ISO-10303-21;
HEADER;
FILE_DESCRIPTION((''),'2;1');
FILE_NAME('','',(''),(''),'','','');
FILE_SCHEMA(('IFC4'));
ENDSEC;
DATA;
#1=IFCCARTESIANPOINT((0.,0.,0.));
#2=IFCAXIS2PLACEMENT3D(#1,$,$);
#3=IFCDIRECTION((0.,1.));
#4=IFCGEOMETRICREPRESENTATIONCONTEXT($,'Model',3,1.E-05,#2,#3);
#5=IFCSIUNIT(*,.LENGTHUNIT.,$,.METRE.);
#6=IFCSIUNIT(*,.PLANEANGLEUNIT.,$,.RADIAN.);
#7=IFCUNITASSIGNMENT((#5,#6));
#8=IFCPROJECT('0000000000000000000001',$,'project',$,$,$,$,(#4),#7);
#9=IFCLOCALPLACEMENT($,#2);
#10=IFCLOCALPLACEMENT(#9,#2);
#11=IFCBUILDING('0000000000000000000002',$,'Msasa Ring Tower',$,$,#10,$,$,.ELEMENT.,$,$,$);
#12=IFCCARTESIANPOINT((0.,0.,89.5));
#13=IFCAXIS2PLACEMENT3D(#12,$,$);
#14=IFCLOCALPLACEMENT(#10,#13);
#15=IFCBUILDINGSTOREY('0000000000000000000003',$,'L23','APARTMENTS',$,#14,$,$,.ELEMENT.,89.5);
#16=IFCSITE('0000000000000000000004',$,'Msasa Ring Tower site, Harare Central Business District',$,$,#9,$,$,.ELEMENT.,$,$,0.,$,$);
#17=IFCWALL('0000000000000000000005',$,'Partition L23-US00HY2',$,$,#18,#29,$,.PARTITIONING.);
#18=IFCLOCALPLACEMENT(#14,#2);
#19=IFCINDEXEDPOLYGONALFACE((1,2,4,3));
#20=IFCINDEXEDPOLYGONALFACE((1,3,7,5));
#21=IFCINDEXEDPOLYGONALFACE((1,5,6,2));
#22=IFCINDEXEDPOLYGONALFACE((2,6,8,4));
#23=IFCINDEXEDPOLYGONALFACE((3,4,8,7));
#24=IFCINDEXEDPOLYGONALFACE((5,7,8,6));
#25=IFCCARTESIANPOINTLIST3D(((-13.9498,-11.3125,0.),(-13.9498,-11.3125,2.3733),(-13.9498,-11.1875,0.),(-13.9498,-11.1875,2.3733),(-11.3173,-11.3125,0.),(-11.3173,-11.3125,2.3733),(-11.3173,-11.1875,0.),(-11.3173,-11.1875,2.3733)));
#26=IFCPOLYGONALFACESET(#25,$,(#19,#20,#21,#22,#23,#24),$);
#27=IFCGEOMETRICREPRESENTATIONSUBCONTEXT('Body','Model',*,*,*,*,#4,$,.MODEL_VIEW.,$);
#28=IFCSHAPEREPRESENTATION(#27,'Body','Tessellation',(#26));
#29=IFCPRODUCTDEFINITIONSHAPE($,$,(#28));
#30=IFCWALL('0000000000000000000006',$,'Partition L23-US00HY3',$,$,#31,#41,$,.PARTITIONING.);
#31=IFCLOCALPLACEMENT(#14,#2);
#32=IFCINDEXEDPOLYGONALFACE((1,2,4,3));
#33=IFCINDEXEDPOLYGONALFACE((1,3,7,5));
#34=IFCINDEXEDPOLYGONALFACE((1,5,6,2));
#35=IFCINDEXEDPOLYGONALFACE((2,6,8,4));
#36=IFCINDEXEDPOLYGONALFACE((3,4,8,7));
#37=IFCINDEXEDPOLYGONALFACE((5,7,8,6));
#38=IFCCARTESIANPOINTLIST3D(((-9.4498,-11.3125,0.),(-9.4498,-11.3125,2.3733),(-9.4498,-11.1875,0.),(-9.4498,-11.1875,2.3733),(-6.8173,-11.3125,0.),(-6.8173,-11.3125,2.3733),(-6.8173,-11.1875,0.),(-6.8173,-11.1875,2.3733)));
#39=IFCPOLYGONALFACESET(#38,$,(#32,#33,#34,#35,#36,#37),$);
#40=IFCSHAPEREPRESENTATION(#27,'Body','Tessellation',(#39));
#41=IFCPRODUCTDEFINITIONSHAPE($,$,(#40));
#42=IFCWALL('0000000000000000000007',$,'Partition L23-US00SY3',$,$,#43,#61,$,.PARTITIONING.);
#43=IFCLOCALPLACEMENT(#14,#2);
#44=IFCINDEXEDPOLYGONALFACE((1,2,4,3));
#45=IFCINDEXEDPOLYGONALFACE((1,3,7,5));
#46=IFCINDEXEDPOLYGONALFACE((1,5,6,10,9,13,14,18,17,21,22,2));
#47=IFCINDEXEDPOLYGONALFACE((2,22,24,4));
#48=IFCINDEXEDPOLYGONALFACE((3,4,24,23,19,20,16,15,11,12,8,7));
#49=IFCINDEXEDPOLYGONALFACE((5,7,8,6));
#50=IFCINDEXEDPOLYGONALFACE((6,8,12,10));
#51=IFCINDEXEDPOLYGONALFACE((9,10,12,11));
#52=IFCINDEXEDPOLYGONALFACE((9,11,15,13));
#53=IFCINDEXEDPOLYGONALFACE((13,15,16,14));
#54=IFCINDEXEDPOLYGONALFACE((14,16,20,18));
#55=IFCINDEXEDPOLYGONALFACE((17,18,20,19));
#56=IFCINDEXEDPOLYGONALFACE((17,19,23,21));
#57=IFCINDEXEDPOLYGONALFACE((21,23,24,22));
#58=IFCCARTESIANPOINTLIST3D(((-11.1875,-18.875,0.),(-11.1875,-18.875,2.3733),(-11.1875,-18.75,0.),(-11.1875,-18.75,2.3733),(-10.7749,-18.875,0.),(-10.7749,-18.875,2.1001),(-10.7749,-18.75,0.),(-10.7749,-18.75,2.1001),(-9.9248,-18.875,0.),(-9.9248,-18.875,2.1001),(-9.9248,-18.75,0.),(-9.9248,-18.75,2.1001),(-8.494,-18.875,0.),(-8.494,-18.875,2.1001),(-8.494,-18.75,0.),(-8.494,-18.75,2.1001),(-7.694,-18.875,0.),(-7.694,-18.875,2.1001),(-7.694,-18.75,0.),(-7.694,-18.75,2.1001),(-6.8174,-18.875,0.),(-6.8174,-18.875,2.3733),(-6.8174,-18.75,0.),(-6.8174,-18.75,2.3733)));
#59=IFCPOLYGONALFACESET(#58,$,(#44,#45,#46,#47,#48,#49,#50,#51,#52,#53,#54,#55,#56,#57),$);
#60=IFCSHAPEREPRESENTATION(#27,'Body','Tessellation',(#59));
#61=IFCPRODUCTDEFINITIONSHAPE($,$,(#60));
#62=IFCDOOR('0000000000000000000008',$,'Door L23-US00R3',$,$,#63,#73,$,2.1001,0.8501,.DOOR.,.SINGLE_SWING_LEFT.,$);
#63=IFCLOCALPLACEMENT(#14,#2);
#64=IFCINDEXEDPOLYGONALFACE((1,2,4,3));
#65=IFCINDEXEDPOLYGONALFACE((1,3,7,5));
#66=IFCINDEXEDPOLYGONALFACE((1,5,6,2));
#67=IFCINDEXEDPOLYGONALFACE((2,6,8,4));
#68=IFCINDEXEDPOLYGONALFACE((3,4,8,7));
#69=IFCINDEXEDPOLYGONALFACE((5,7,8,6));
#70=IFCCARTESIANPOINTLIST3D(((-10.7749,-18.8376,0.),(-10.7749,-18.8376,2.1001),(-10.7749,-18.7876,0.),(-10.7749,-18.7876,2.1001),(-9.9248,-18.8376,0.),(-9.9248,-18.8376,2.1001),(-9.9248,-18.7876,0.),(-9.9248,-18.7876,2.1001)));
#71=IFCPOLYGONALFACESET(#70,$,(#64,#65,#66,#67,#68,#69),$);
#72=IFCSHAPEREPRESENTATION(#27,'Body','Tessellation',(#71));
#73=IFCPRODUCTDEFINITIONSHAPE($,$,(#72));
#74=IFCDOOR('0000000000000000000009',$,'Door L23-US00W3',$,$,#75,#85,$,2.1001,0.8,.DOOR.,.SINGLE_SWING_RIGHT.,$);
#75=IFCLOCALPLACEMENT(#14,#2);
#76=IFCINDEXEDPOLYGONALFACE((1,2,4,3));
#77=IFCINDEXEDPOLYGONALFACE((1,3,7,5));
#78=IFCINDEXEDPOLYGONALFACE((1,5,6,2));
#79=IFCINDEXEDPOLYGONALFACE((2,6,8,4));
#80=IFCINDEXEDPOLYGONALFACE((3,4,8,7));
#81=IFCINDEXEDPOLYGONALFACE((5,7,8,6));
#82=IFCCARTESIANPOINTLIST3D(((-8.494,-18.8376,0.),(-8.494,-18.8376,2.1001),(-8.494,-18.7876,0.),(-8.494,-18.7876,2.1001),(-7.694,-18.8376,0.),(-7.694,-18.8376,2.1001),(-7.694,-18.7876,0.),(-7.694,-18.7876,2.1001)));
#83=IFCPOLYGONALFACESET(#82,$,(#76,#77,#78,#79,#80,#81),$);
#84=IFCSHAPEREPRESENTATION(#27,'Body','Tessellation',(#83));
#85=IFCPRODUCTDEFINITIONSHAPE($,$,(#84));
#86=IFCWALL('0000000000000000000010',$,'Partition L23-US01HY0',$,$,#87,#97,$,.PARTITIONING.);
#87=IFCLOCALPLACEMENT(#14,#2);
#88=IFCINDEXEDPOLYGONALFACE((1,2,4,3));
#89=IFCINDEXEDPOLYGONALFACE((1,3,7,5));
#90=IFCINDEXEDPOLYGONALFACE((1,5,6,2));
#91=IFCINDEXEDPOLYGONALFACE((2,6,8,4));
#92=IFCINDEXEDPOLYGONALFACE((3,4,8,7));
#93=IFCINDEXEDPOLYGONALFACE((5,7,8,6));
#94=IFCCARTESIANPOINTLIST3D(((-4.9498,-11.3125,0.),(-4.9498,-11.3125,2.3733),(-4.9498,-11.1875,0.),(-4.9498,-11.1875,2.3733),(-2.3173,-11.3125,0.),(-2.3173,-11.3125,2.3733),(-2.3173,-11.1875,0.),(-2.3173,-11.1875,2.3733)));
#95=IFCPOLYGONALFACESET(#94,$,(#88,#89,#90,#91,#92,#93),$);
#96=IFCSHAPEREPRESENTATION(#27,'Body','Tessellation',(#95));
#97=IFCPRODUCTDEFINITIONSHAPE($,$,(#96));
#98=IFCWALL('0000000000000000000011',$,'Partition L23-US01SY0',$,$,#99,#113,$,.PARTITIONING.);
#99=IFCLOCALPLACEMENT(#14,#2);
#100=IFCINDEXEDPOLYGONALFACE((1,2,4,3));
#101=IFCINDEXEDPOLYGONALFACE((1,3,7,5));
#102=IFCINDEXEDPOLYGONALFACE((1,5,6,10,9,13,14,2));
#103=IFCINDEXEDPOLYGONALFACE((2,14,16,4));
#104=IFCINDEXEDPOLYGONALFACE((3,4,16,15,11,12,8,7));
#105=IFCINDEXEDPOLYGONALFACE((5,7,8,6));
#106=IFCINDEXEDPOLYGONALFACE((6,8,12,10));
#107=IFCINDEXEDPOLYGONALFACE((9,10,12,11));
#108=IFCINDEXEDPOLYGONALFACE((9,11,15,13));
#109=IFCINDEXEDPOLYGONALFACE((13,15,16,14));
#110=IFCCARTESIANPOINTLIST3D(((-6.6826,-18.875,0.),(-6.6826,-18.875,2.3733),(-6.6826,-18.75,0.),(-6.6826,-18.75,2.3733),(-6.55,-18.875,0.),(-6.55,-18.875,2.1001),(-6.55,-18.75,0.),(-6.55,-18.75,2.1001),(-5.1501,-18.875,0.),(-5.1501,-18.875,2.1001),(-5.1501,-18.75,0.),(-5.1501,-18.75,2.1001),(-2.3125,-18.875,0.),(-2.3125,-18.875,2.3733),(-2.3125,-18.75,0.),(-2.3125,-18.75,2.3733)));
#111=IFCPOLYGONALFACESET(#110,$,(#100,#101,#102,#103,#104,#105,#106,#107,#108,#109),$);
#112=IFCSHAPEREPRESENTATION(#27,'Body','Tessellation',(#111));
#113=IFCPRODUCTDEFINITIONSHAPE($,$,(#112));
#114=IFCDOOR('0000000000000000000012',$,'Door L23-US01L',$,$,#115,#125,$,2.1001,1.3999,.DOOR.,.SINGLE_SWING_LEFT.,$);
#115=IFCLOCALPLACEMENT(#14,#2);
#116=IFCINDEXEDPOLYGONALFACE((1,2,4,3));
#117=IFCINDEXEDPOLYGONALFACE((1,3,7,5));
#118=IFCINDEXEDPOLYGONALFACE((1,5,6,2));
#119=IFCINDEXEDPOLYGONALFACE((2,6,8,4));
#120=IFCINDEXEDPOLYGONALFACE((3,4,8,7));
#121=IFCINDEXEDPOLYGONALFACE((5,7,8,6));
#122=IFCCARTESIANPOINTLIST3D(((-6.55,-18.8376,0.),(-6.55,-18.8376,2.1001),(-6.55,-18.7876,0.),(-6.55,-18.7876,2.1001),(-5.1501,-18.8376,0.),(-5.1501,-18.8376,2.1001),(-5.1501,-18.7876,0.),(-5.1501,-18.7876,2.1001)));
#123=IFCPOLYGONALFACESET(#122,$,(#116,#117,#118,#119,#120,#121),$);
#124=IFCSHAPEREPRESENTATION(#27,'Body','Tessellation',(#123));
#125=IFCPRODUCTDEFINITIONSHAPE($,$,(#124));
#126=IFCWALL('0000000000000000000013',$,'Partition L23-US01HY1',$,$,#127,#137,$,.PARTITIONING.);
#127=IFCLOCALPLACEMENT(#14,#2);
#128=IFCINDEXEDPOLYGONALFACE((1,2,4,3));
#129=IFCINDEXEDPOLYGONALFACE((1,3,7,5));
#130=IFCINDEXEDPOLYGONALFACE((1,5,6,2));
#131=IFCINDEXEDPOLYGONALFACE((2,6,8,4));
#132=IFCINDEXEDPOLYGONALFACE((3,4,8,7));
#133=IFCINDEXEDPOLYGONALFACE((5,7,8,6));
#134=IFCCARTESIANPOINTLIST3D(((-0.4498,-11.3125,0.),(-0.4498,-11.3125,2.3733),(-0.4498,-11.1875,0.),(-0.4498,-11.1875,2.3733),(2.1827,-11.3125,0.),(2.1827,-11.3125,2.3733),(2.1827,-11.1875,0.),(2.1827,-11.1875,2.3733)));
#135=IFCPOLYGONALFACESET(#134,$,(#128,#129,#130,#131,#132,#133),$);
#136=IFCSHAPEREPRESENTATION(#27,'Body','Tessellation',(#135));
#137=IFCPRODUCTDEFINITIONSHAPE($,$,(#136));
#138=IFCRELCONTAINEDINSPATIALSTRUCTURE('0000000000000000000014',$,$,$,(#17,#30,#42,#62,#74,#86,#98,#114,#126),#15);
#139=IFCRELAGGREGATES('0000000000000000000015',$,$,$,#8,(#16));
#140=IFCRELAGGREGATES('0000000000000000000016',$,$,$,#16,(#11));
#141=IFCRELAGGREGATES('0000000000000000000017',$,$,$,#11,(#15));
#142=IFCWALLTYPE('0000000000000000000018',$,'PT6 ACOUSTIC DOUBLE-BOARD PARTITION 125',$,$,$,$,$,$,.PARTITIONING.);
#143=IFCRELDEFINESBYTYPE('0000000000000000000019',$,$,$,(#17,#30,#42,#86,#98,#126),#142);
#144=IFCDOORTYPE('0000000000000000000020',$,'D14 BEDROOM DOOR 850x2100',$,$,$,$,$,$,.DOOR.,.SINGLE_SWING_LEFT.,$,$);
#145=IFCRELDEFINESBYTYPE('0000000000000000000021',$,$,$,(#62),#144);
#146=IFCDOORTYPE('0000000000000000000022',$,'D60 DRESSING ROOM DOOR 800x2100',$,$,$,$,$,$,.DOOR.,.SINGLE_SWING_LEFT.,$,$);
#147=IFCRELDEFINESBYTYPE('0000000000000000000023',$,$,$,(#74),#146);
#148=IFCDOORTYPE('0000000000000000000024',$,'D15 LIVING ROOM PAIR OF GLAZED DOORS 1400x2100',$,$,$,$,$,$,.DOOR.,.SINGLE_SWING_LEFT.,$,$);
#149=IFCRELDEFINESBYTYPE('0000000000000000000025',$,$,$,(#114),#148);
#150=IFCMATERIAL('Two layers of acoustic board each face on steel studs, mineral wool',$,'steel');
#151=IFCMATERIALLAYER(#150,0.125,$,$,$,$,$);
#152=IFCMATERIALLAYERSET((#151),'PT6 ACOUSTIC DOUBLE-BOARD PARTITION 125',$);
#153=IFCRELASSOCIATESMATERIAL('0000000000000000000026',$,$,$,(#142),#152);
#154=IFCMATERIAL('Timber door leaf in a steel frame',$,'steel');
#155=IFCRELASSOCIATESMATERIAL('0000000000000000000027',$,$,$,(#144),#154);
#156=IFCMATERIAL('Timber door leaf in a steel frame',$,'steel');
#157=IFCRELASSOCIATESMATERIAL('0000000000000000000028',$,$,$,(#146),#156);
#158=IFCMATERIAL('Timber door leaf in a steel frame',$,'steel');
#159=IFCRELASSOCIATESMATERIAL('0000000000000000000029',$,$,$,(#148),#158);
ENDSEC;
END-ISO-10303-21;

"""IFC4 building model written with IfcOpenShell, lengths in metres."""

from ifc_helpers import new_model, si_unit, direction, frame, frame_2d, origin, place, context, subcontext, project, spatial, rectangle, extrude, material, layer, layer_set, type_object, element, fill, save


model = new_model("IFC4")

# Units and contexts
model_context = context("Model", 3, precision=1e-05, world=origin(), true_north=direction((0.0, 1.0)))
body_context = subcontext(model_context, "Body", "Model", "MODEL_VIEW")
ifc_project = project(units=[si_unit("LENGTHUNIT", "METRE"), si_unit("PLANEANGLEUNIT", "RADIAN")], contexts=[model_context])

# Site, building, storey
site_placement = place(None, origin())
site = spatial("IfcSite", under=ifc_project, at=site_placement, Name="Msasa Ring Tower site, Harare Central Business District", CompositionType="ELEMENT", RefElevation=0.0)
building_placement = place(site_placement, origin())
building = spatial("IfcBuilding", under=site, at=building_placement, Name="Msasa Ring Tower", CompositionType="ELEMENT")
storey_placement = place(building_placement, frame((0.0, 0.0, 89.5)))
storey = spatial("IfcBuildingStorey", under=building, at=storey_placement, Name="L23", Description="APARTMENTS", CompositionType="ELEMENT", Elevation=89.5)

# Walls
ifc_material_1 = material(Name="Two layers of acoustic board each face on steel studs, mineral wool", Category="steel")
ifc_layer_1 = layer(ifc_material_1, 0.125)
ifc_layer_set_1 = layer_set([ifc_layer_1], Name="PT6 ACOUSTIC DOUBLE-BOARD PARTITION 125")
wall_type_1 = type_object("IfcWallType", Name="PT6 ACOUSTIC DOUBLE-BOARD PARTITION 125", PredefinedType="PARTITIONING", material=ifc_layer_set_1)
for number, where, z_axis, x_axis, name in (
    (1, (-13.95, -11.25, 0.0), (0.0, 0.0, 1.0), (1.0, 0.0, 0.0), "Partition L23-US00HY2"),
    (2, (-9.45, -11.25, 0.0), (0.0, 0.0, 1.0), (1.0, 0.0, 0.0), "Partition L23-US00HY3"),
):
    element("IfcWall", number, at=place(storey_placement, frame(where, z_axis=z_axis, x_axis=x_axis)), inside=storey, type_object=wall_type_1, Name=name, PredefinedType="PARTITIONING", context=body_context, shape_type="SweptSolid", body=[
        extrude(rectangle(XDim=2.6326, YDim=0.125, at=frame_2d((1.3164, 0.0))), origin(), (0.0, 0.0, 1.0), 2.3733),
    ])

# Wall, openings, doors
wall_1_placement = place(storey_placement, frame((-11.1875, -18.8125, 0.0), z_axis=(0.0, 0.0, 1.0), x_axis=(1.0, 0.0, 0.0)))
wall_1 = element("IfcWall", 3, at=wall_1_placement, inside=storey, type_object=wall_type_1, Name="Partition L23-US00SY3", PredefinedType="PARTITIONING", context=body_context, shape_type="SweptSolid", body=[
    extrude(rectangle(XDim=4.3701, YDim=0.125, at=frame_2d((2.1851, 0.0))), origin(), (0.0, 0.0, 1.0), 2.3733),
])
opening_1_placement = place(wall_1_placement, frame((0.4126, 0.0, 0.0)))
opening_1 = element("IfcOpeningElement", 4, at=opening_1_placement, cuts=wall_1, PredefinedType="OPENING", context=body_context, shape_type="SweptSolid", body=[
    extrude(rectangle(XDim=0.8501, YDim=2.1001, at=frame_2d((0.425, 1.05))), frame((0.0, 0.0725, 0.0), z_axis=(0.0, -1.0, 0.0), x_axis=(1.0, 0.0, 0.0)), (0.0, 0.0, 1.0), 0.145),
])
opening_2_placement = place(wall_1_placement, frame((2.6936, 0.0, 0.0)))
opening_2 = element("IfcOpeningElement", 5, at=opening_2_placement, cuts=wall_1, PredefinedType="OPENING", context=body_context, shape_type="SweptSolid", body=[
    extrude(rectangle(XDim=0.8, YDim=2.1001, at=frame_2d((0.3999, 1.05))), frame((0.0, 0.0725, 0.0), z_axis=(0.0, -1.0, 0.0), x_axis=(1.0, 0.0, 0.0)), (0.0, 0.0, 1.0), 0.145),
])
ifc_material_2 = material(Name="Timber door leaf in a steel frame", Category="steel")
door_type_1 = type_object("IfcDoorType", Name="D14 BEDROOM DOOR 850x2100", OperationType="SINGLE_SWING_LEFT", PredefinedType="DOOR", material=ifc_material_2)
door_1_placement = place(opening_1_placement, origin())
door_1 = element("IfcDoor", 6, at=door_1_placement, inside=storey, type_object=door_type_1, Name="Door L23-US00R3", OperationType="SINGLE_SWING_LEFT", OverallHeight=2.1001, OverallWidth=0.8501, PredefinedType="DOOR", context=body_context, shape_type="SweptSolid", body=[
    extrude(rectangle(XDim=0.8501, YDim=2.1001, at=frame_2d((0.425, 1.05))), frame((0.0, 0.0249, 0.0), z_axis=(0.0, -1.0, 0.0), x_axis=(1.0, 0.0, 0.0)), (0.0, 0.0, 1.0), 0.05),
])
fill(opening_1, door_1)
ifc_material_3 = material(Name="Timber door leaf in a steel frame", Category="steel")
door_type_2 = type_object("IfcDoorType", Name="D60 DRESSING ROOM DOOR 800x2100", OperationType="SINGLE_SWING_LEFT", PredefinedType="DOOR", material=ifc_material_3)
door_2_placement = place(opening_2_placement, origin())
door_2 = element("IfcDoor", 7, at=door_2_placement, inside=storey, type_object=door_type_2, Name="Door L23-US00W3", OperationType="SINGLE_SWING_RIGHT", OverallHeight=2.1001, OverallWidth=0.8, PredefinedType="DOOR", context=body_context, shape_type="SweptSolid", body=[
    extrude(rectangle(XDim=0.8, YDim=2.1001, at=frame_2d((0.3999, 1.05))), frame((0.0, 0.0249, 0.0), z_axis=(0.0, -1.0, 0.0), x_axis=(1.0, 0.0, 0.0)), (0.0, 0.0, 1.0), 0.05),
])
fill(opening_2, door_2)

# Wall
wall_2_placement = place(storey_placement, frame((-4.95, -11.25, 0.0), z_axis=(0.0, 0.0, 1.0), x_axis=(1.0, 0.0, 0.0)))
element("IfcWall", 8, at=wall_2_placement, inside=storey, type_object=wall_type_1, Name="Partition L23-US01HY0", PredefinedType="PARTITIONING", context=body_context, shape_type="SweptSolid", body=[
    extrude(rectangle(XDim=2.6326, YDim=0.125, at=frame_2d((1.3164, 0.0))), origin(), (0.0, 0.0, 1.0), 2.3733),
])

# Wall, opening, door
wall_3_placement = place(storey_placement, frame((-6.6826, -18.8125, 0.0), z_axis=(0.0, 0.0, 1.0), x_axis=(1.0, 0.0, 0.0)))
wall_3 = element("IfcWall", 9, at=wall_3_placement, inside=storey, type_object=wall_type_1, Name="Partition L23-US01SY0", PredefinedType="PARTITIONING", context=body_context, shape_type="SweptSolid", body=[
    extrude(rectangle(XDim=4.3701, YDim=0.125, at=frame_2d((2.1851, 0.0))), origin(), (0.0, 0.0, 1.0), 2.3733),
])
opening_3_placement = place(wall_3_placement, frame((0.1326, 0.0, 0.0)))
opening_3 = element("IfcOpeningElement", 10, at=opening_3_placement, cuts=wall_3, PredefinedType="OPENING", context=body_context, shape_type="SweptSolid", body=[
    extrude(rectangle(XDim=1.3999, YDim=2.1001, at=frame_2d((0.7, 1.05))), frame((0.0, 0.0725, 0.0), z_axis=(0.0, -1.0, 0.0), x_axis=(1.0, 0.0, 0.0)), (0.0, 0.0, 1.0), 0.145),
])
ifc_material_4 = material(Name="Timber door leaf in a steel frame", Category="steel")
door_type_3 = type_object("IfcDoorType", Name="D15 LIVING ROOM PAIR OF GLAZED DOORS 1400x2100", OperationType="SINGLE_SWING_LEFT", PredefinedType="DOOR", material=ifc_material_4)
door_3_placement = place(opening_3_placement, origin())
door_3 = element("IfcDoor", 11, at=door_3_placement, inside=storey, type_object=door_type_3, Name="Door L23-US01L", OperationType="SINGLE_SWING_LEFT", OverallHeight=2.1001, OverallWidth=1.3999, PredefinedType="DOOR", context=body_context, shape_type="SweptSolid", body=[
    extrude(rectangle(XDim=1.3999, YDim=2.1001, at=frame_2d((0.7, 1.05))), frame((0.0, 0.0249, 0.0), z_axis=(0.0, -1.0, 0.0), x_axis=(1.0, 0.0, 0.0)), (0.0, 0.0, 1.0), 0.05),
])
fill(opening_3, door_3)

# Wall
wall_4_placement = place(storey_placement, frame((-0.45, -11.25, 0.0), z_axis=(0.0, 0.0, 1.0), x_axis=(1.0, 0.0, 0.0)))
element("IfcWall", 12, at=wall_4_placement, inside=storey, type_object=wall_type_1, Name="Partition L23-US01HY1", PredefinedType="PARTITIONING", context=body_context, shape_type="SweptSolid", body=[
    extrude(rectangle(XDim=2.6326, YDim=0.125, at=frame_2d((1.3164, 0.0))), origin(), (0.0, 0.0, 1.0), 2.3733),
])

save(model, "model.ifc")
